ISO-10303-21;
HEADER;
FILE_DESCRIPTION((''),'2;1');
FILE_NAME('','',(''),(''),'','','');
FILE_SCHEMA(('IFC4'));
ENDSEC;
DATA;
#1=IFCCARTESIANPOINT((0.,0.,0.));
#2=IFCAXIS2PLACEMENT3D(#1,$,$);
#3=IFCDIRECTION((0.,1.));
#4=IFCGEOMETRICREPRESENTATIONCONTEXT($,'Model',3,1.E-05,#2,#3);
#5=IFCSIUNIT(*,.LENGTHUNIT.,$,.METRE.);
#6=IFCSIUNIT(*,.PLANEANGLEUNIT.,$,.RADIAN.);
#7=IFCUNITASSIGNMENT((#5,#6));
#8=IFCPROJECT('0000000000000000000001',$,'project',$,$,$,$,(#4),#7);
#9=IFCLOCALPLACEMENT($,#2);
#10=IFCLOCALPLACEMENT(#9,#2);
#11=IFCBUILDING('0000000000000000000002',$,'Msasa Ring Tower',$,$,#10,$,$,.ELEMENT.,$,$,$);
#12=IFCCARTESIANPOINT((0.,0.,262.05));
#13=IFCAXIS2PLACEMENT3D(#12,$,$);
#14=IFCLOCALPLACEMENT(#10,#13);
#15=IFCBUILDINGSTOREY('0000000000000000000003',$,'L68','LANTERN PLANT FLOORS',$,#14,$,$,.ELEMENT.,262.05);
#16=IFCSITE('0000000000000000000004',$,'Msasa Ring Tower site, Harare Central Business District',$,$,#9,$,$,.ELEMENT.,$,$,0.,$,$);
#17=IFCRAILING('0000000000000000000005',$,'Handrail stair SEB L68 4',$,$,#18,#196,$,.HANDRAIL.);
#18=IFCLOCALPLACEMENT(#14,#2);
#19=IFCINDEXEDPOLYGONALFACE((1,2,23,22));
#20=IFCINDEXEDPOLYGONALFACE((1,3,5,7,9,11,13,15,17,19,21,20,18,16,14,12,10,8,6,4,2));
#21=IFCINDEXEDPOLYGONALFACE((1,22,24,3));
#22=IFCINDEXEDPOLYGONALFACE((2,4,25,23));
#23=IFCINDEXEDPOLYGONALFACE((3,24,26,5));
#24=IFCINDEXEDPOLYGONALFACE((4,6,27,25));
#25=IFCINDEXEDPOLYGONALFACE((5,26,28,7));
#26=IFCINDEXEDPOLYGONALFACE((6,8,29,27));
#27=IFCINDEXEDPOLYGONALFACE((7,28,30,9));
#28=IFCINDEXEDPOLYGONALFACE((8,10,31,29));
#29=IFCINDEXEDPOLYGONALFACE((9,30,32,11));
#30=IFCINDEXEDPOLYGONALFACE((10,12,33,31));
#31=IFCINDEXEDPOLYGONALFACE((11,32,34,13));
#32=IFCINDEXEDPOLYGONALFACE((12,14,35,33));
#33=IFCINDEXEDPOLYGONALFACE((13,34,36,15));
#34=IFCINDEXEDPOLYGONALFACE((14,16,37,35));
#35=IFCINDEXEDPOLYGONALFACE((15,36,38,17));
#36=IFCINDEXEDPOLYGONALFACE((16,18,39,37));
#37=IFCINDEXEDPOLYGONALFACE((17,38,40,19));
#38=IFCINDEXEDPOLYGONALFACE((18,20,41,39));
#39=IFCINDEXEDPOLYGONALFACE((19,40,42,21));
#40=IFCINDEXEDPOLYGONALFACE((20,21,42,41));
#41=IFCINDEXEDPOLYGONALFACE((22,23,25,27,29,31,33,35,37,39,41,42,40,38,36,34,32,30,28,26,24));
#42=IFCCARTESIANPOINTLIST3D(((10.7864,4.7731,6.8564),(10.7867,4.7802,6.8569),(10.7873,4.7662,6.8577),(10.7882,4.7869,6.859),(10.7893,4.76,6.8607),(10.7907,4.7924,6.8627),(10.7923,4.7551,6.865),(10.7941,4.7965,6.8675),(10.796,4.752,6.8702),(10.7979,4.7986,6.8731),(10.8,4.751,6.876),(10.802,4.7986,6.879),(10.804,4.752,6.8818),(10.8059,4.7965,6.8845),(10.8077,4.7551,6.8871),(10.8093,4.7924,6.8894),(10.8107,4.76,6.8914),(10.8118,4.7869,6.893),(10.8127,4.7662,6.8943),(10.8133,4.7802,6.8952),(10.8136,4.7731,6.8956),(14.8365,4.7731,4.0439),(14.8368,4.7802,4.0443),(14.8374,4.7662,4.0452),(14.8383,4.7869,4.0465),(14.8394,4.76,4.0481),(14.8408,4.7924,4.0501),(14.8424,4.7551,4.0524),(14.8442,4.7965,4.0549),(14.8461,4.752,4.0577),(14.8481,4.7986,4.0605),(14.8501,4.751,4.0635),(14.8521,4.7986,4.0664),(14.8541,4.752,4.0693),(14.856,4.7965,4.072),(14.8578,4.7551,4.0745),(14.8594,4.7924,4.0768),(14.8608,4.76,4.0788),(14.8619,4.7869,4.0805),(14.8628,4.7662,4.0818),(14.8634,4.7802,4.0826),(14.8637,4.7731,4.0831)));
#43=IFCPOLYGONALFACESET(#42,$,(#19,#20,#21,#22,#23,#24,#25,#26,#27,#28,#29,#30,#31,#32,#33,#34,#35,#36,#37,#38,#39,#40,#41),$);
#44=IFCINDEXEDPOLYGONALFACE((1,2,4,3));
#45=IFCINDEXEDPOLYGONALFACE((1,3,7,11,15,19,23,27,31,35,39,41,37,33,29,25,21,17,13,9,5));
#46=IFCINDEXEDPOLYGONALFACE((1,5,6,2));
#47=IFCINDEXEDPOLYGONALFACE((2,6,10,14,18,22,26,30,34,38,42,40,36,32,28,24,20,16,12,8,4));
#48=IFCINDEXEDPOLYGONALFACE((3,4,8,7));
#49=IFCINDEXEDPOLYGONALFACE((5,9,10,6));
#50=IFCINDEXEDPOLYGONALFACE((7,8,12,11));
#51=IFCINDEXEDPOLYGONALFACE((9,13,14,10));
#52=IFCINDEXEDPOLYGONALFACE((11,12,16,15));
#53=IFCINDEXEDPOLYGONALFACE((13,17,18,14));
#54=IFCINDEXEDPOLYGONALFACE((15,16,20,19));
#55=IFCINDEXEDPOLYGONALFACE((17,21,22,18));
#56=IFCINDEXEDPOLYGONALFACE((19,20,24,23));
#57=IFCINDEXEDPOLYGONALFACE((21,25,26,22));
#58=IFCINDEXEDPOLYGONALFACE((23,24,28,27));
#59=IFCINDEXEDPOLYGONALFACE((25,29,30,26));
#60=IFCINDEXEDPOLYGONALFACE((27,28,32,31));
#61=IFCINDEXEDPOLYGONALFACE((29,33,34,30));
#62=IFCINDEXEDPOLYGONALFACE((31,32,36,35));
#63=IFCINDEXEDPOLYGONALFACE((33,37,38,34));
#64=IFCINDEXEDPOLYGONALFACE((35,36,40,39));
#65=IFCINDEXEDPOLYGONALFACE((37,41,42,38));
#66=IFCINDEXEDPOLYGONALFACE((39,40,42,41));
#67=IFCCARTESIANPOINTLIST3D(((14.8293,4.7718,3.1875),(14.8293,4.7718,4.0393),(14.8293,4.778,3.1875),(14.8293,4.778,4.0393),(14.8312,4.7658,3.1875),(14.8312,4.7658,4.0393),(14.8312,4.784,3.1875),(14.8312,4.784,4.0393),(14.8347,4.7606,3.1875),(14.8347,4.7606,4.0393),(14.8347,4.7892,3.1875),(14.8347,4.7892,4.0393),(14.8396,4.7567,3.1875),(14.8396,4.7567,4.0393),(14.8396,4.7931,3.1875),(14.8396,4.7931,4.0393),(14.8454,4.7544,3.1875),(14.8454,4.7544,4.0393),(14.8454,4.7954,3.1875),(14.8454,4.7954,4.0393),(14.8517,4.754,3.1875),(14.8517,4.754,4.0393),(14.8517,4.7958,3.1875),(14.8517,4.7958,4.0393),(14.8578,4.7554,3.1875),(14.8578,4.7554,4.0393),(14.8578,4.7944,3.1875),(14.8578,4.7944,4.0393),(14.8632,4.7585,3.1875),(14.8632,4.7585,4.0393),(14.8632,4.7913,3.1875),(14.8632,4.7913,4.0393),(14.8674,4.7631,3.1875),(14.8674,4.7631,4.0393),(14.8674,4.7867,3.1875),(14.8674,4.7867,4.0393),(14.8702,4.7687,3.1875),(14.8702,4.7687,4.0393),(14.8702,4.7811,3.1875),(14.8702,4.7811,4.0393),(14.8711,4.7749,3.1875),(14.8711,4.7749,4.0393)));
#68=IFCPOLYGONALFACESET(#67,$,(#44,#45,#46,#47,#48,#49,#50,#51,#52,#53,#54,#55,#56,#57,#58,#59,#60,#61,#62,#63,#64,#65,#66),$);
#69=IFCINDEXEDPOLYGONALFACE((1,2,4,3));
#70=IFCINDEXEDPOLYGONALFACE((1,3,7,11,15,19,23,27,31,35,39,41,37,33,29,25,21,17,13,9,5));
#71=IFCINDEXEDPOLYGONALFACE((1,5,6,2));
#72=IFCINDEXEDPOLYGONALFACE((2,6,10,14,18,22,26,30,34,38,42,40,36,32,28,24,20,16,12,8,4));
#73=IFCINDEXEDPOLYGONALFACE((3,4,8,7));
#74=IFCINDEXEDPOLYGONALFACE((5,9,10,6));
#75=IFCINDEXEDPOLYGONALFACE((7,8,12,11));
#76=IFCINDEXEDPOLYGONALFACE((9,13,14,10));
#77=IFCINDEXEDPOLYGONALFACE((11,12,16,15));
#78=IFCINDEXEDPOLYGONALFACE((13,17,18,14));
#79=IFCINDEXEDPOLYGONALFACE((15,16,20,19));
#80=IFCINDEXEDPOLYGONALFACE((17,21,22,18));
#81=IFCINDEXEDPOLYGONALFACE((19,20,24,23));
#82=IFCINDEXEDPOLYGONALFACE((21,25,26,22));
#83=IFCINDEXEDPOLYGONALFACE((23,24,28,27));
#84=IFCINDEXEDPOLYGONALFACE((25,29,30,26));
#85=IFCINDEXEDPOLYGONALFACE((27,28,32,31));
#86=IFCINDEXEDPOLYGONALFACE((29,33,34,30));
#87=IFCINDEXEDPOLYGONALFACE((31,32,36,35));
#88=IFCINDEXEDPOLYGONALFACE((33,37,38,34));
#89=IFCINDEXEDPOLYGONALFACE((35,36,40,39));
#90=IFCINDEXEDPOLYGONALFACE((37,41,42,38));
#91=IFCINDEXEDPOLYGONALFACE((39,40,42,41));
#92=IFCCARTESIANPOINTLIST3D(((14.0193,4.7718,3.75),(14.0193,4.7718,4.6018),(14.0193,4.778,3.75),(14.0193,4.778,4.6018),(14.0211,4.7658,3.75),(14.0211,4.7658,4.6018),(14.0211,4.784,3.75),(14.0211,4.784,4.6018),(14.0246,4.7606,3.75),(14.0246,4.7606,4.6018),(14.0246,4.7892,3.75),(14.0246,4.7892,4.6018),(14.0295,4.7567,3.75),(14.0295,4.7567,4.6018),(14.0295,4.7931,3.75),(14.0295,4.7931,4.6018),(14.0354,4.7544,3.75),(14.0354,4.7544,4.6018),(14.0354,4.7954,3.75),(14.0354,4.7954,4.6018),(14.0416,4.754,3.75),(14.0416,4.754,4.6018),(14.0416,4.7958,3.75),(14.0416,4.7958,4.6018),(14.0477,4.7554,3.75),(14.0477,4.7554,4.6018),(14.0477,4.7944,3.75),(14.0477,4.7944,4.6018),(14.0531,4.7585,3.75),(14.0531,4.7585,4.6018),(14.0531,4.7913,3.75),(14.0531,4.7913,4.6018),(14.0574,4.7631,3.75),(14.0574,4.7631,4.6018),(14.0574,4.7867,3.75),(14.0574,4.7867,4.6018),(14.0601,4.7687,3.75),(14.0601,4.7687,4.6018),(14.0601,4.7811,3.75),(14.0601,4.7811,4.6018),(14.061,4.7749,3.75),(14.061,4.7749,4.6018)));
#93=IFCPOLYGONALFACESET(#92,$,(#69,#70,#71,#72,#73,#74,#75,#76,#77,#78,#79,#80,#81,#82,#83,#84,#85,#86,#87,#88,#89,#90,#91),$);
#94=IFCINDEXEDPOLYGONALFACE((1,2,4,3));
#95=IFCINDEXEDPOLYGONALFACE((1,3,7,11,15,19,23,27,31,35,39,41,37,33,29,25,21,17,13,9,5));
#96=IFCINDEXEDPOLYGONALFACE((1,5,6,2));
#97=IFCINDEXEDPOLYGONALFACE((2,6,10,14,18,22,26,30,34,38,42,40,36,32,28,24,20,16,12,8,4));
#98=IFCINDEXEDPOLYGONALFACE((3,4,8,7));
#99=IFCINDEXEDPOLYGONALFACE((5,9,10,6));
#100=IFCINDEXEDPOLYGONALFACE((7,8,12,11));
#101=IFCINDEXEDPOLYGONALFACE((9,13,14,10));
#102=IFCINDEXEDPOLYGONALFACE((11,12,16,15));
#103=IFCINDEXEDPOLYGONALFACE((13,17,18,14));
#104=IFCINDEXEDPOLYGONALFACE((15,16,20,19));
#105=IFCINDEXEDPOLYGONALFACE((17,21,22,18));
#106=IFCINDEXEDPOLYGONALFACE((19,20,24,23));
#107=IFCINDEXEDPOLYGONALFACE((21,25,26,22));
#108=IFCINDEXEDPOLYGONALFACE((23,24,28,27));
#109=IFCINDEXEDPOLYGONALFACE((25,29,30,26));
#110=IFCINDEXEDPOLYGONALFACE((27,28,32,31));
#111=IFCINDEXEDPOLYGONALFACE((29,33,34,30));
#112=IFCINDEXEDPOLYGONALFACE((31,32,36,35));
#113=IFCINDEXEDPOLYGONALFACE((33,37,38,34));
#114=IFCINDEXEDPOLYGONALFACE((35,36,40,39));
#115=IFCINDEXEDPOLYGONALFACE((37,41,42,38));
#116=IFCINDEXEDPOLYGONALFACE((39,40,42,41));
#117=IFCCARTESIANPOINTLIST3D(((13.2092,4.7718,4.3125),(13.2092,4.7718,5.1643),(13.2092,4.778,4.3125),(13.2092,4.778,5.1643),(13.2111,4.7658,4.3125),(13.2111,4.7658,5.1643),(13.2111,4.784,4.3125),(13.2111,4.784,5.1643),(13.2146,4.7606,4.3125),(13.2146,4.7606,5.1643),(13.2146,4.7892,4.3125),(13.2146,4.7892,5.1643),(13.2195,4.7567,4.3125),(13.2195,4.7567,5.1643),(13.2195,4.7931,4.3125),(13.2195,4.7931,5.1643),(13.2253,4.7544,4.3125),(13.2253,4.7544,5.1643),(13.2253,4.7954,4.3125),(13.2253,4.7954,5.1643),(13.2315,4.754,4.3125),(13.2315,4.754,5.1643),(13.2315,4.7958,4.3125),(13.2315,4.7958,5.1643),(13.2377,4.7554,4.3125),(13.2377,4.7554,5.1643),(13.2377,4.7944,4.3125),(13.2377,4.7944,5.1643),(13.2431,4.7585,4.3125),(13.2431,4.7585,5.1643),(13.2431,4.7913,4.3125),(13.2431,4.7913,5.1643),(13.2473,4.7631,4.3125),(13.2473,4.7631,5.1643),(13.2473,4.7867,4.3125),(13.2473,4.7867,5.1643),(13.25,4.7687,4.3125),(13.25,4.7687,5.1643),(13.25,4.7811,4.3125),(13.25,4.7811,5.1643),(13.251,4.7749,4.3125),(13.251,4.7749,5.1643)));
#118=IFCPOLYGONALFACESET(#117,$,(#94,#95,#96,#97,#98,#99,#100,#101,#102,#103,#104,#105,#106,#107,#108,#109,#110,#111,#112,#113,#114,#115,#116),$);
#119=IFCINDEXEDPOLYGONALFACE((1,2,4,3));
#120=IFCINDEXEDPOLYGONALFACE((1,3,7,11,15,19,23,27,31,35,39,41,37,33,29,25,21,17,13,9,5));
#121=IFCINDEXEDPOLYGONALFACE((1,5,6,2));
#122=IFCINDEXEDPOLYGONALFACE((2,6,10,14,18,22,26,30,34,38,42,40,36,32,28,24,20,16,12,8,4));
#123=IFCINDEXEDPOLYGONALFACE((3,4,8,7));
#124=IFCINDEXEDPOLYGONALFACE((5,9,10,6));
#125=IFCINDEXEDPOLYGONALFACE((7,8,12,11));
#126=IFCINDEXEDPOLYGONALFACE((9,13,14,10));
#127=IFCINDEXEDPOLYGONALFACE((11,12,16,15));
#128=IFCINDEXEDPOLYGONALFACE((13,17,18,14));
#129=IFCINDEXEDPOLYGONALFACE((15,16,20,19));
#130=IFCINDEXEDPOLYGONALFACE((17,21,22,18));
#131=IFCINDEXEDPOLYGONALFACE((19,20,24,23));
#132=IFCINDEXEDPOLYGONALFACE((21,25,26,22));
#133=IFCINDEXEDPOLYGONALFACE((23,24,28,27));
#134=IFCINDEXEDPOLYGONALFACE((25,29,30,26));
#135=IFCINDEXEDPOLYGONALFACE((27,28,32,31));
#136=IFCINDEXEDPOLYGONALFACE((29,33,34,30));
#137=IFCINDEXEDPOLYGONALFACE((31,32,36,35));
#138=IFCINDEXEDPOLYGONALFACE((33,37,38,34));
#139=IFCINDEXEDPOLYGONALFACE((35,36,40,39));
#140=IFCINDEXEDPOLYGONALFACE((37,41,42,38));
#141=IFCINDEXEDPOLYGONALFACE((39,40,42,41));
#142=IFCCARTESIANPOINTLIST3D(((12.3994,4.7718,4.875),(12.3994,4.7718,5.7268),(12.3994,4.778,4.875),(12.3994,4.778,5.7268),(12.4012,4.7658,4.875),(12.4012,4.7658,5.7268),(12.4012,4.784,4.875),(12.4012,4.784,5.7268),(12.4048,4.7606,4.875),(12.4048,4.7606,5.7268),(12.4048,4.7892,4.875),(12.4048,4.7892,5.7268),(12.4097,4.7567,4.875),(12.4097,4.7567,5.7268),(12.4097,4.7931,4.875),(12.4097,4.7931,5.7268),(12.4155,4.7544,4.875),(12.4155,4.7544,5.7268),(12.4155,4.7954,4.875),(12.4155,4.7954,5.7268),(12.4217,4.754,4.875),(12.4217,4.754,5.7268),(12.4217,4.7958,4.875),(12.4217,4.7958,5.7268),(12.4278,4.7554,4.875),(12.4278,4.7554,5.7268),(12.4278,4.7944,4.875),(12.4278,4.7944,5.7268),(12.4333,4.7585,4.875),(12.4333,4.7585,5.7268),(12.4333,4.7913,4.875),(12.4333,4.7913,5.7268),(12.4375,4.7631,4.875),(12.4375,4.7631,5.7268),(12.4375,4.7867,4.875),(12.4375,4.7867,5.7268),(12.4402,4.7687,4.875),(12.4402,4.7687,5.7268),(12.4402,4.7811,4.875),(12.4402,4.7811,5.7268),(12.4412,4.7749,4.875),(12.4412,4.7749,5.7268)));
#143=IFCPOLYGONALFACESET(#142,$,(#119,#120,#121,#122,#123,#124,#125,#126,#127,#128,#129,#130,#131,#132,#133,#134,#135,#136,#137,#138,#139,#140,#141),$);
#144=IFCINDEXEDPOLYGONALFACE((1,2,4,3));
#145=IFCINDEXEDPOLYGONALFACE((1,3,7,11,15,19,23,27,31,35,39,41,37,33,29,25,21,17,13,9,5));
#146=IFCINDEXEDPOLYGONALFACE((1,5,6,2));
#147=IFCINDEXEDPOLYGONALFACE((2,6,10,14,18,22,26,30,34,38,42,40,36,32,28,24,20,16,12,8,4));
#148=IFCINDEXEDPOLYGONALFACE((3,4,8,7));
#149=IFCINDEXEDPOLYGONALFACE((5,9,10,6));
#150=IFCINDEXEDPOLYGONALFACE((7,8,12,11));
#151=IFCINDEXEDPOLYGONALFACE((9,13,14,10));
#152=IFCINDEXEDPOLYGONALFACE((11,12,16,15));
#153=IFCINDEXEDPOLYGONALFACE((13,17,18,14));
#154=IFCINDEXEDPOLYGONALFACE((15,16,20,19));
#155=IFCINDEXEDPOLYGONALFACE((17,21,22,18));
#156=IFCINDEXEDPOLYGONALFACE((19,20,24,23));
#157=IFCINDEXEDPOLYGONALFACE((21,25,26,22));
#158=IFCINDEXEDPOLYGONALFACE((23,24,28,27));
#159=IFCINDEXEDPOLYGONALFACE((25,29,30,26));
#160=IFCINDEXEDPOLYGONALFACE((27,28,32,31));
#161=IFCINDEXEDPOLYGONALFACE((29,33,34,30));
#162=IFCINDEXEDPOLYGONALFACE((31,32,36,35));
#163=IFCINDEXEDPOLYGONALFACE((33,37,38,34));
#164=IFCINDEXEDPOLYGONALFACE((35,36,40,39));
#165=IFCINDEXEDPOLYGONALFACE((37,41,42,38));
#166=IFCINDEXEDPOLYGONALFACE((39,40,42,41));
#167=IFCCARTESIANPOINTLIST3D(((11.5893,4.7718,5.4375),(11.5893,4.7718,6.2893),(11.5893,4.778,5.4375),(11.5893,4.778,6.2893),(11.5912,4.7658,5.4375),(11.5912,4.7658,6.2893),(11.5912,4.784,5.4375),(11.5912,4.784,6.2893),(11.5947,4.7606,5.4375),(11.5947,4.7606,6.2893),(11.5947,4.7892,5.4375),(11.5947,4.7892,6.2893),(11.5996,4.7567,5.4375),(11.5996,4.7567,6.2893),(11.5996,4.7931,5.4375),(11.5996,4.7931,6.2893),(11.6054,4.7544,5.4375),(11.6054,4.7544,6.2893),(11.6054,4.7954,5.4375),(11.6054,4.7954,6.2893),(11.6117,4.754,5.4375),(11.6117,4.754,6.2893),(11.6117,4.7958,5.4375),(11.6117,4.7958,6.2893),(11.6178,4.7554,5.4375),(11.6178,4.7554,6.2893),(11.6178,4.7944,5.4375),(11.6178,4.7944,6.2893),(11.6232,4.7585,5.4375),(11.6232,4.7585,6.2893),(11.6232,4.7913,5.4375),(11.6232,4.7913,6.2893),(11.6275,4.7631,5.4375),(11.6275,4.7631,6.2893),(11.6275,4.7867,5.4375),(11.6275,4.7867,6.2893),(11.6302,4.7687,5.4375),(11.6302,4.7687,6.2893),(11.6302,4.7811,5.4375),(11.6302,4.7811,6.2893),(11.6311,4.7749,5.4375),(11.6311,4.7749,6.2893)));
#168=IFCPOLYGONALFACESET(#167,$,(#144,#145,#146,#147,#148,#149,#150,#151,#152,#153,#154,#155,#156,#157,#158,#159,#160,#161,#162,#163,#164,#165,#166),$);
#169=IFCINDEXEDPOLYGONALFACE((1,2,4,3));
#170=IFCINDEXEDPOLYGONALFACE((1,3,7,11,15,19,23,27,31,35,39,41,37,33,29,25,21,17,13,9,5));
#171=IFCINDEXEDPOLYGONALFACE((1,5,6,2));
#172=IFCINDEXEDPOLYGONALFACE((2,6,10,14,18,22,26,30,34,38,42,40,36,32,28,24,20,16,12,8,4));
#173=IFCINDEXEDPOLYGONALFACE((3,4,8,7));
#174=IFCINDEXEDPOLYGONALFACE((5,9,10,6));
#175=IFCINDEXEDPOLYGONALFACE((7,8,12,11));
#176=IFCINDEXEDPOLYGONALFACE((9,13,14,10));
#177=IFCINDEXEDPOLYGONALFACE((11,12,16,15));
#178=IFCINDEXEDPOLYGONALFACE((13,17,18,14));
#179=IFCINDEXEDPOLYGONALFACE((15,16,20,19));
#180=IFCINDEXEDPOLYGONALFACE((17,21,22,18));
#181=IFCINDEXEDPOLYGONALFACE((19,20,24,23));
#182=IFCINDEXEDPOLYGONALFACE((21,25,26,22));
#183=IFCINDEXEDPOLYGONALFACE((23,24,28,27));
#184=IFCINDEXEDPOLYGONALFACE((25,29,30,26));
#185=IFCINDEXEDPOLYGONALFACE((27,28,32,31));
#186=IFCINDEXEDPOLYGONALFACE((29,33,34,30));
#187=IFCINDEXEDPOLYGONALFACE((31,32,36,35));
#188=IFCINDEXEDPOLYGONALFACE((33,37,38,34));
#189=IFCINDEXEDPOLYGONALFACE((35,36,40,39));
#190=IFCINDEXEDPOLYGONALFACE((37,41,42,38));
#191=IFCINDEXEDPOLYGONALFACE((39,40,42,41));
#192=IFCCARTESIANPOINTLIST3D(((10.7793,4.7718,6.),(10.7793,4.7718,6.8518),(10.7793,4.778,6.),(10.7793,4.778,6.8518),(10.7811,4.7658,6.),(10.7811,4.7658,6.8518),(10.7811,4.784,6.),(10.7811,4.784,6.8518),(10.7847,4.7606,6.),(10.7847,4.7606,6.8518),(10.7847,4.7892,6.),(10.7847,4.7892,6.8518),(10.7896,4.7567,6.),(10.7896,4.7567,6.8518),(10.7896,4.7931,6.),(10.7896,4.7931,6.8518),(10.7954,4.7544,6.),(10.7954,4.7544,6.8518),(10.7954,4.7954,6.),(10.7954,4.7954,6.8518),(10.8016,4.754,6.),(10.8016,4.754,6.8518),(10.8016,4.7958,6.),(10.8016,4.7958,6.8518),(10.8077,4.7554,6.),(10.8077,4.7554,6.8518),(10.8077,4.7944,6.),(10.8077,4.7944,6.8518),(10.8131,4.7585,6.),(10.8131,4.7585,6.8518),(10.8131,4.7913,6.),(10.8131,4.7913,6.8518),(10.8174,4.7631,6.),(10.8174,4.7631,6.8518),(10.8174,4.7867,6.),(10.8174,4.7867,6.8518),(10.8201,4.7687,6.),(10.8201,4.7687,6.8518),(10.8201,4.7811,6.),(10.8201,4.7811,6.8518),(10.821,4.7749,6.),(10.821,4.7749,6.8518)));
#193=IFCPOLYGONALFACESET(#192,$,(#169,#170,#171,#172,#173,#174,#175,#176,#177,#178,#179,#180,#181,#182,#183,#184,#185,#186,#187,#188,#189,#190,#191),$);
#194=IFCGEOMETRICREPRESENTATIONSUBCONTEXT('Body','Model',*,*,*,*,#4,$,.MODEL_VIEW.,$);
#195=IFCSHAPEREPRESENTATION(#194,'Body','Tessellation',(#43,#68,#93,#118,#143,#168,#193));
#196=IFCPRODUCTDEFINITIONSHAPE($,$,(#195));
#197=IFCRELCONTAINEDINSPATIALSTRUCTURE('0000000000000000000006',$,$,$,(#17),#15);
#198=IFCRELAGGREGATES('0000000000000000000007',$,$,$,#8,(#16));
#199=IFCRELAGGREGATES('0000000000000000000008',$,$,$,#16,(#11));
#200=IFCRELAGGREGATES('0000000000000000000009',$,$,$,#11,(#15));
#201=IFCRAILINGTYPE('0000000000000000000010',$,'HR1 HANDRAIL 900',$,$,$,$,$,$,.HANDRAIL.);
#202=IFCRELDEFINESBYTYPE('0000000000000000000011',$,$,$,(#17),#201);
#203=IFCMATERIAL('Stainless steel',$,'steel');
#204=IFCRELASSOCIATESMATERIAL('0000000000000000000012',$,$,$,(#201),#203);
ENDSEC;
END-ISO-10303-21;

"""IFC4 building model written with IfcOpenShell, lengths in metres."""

from ifc_helpers import new_model, si_unit, direction, frame, origin, origin_2d, place, context, subcontext, project, spatial, circle, extrude, material, type_object, element, save


model = new_model("IFC4")

# Units and contexts
model_context = context("Model", 3, precision=1e-05, world=origin(), true_north=direction((0.0, 1.0)))
body_context = subcontext(model_context, "Body", "Model", "MODEL_VIEW")
ifc_project = project(units=[si_unit("LENGTHUNIT", "METRE"), si_unit("PLANEANGLEUNIT", "RADIAN")], contexts=[model_context])

# Site, building, storey
site_placement = place(None, origin())
site = spatial("IfcSite", under=ifc_project, at=site_placement, Name="Msasa Ring Tower site, Harare Central Business District", CompositionType="ELEMENT", RefElevation=0.0)
building_placement = place(site_placement, origin())
building = spatial("IfcBuilding", under=site, at=building_placement, Name="Msasa Ring Tower", CompositionType="ELEMENT")
storey_placement = place(building_placement, frame((0.0, 0.0, 262.05)))
storey = spatial("IfcBuildingStorey", under=building, at=storey_placement, Name="L68", Description="LANTERN PLANT FLOORS", CompositionType="ELEMENT", Elevation=262.05)

# Railing
ifc_material_1 = material(Name="Stainless steel", Category="steel")
railing_type = type_object("IfcRailingType", Name="HR1 HANDRAIL 900", PredefinedType="HANDRAIL", material=ifc_material_1)
for number, where, name in (
    (1, (14.8501, 4.7749, 3.1875), "Handrail stair SEB L68 4"),
):
    element("IfcRailing", number, at=place(storey_placement, frame(where)), inside=storey, type_object=railing_type, Name=name, PredefinedType="HANDRAIL", context=body_context, shape_type="SweptSolid", body=[
        extrude(circle(Radius=0.0239, at=origin_2d()), frame((0.0, 0.0, 0.876), z_axis=(-0.821373, 0.0, 0.570391), x_axis=(0.0, -1.0, 0.0)), (0.0, 0.0, 1.0), 4.9309),
        extrude(circle(Radius=0.021, at=origin_2d()), origin(), (0.0, 0.0, 1.0), 0.8518),
        extrude(circle(Radius=0.021, at=origin_2d()), frame((-0.8101, 0.0, 0.5625)), (0.0, 0.0, 1.0), 0.8518),
        extrude(circle(Radius=0.021, at=origin_2d()), frame((-1.6201, 0.0, 1.125)), (0.0, 0.0, 1.0), 0.8518),
        extrude(circle(Radius=0.021, at=origin_2d()), frame((-2.4299, 0.0, 1.6875)), (0.0, 0.0, 1.0), 0.8518),
        extrude(circle(Radius=0.021, at=origin_2d()), frame((-3.24, 0.0, 2.25)), (0.0, 0.0, 1.0), 0.8518),
        extrude(circle(Radius=0.021, at=origin_2d()), frame((-4.05, 0.0, 2.8125)), (0.0, 0.0, 1.0), 0.8518),
    ])

save(model, "model.ifc")
